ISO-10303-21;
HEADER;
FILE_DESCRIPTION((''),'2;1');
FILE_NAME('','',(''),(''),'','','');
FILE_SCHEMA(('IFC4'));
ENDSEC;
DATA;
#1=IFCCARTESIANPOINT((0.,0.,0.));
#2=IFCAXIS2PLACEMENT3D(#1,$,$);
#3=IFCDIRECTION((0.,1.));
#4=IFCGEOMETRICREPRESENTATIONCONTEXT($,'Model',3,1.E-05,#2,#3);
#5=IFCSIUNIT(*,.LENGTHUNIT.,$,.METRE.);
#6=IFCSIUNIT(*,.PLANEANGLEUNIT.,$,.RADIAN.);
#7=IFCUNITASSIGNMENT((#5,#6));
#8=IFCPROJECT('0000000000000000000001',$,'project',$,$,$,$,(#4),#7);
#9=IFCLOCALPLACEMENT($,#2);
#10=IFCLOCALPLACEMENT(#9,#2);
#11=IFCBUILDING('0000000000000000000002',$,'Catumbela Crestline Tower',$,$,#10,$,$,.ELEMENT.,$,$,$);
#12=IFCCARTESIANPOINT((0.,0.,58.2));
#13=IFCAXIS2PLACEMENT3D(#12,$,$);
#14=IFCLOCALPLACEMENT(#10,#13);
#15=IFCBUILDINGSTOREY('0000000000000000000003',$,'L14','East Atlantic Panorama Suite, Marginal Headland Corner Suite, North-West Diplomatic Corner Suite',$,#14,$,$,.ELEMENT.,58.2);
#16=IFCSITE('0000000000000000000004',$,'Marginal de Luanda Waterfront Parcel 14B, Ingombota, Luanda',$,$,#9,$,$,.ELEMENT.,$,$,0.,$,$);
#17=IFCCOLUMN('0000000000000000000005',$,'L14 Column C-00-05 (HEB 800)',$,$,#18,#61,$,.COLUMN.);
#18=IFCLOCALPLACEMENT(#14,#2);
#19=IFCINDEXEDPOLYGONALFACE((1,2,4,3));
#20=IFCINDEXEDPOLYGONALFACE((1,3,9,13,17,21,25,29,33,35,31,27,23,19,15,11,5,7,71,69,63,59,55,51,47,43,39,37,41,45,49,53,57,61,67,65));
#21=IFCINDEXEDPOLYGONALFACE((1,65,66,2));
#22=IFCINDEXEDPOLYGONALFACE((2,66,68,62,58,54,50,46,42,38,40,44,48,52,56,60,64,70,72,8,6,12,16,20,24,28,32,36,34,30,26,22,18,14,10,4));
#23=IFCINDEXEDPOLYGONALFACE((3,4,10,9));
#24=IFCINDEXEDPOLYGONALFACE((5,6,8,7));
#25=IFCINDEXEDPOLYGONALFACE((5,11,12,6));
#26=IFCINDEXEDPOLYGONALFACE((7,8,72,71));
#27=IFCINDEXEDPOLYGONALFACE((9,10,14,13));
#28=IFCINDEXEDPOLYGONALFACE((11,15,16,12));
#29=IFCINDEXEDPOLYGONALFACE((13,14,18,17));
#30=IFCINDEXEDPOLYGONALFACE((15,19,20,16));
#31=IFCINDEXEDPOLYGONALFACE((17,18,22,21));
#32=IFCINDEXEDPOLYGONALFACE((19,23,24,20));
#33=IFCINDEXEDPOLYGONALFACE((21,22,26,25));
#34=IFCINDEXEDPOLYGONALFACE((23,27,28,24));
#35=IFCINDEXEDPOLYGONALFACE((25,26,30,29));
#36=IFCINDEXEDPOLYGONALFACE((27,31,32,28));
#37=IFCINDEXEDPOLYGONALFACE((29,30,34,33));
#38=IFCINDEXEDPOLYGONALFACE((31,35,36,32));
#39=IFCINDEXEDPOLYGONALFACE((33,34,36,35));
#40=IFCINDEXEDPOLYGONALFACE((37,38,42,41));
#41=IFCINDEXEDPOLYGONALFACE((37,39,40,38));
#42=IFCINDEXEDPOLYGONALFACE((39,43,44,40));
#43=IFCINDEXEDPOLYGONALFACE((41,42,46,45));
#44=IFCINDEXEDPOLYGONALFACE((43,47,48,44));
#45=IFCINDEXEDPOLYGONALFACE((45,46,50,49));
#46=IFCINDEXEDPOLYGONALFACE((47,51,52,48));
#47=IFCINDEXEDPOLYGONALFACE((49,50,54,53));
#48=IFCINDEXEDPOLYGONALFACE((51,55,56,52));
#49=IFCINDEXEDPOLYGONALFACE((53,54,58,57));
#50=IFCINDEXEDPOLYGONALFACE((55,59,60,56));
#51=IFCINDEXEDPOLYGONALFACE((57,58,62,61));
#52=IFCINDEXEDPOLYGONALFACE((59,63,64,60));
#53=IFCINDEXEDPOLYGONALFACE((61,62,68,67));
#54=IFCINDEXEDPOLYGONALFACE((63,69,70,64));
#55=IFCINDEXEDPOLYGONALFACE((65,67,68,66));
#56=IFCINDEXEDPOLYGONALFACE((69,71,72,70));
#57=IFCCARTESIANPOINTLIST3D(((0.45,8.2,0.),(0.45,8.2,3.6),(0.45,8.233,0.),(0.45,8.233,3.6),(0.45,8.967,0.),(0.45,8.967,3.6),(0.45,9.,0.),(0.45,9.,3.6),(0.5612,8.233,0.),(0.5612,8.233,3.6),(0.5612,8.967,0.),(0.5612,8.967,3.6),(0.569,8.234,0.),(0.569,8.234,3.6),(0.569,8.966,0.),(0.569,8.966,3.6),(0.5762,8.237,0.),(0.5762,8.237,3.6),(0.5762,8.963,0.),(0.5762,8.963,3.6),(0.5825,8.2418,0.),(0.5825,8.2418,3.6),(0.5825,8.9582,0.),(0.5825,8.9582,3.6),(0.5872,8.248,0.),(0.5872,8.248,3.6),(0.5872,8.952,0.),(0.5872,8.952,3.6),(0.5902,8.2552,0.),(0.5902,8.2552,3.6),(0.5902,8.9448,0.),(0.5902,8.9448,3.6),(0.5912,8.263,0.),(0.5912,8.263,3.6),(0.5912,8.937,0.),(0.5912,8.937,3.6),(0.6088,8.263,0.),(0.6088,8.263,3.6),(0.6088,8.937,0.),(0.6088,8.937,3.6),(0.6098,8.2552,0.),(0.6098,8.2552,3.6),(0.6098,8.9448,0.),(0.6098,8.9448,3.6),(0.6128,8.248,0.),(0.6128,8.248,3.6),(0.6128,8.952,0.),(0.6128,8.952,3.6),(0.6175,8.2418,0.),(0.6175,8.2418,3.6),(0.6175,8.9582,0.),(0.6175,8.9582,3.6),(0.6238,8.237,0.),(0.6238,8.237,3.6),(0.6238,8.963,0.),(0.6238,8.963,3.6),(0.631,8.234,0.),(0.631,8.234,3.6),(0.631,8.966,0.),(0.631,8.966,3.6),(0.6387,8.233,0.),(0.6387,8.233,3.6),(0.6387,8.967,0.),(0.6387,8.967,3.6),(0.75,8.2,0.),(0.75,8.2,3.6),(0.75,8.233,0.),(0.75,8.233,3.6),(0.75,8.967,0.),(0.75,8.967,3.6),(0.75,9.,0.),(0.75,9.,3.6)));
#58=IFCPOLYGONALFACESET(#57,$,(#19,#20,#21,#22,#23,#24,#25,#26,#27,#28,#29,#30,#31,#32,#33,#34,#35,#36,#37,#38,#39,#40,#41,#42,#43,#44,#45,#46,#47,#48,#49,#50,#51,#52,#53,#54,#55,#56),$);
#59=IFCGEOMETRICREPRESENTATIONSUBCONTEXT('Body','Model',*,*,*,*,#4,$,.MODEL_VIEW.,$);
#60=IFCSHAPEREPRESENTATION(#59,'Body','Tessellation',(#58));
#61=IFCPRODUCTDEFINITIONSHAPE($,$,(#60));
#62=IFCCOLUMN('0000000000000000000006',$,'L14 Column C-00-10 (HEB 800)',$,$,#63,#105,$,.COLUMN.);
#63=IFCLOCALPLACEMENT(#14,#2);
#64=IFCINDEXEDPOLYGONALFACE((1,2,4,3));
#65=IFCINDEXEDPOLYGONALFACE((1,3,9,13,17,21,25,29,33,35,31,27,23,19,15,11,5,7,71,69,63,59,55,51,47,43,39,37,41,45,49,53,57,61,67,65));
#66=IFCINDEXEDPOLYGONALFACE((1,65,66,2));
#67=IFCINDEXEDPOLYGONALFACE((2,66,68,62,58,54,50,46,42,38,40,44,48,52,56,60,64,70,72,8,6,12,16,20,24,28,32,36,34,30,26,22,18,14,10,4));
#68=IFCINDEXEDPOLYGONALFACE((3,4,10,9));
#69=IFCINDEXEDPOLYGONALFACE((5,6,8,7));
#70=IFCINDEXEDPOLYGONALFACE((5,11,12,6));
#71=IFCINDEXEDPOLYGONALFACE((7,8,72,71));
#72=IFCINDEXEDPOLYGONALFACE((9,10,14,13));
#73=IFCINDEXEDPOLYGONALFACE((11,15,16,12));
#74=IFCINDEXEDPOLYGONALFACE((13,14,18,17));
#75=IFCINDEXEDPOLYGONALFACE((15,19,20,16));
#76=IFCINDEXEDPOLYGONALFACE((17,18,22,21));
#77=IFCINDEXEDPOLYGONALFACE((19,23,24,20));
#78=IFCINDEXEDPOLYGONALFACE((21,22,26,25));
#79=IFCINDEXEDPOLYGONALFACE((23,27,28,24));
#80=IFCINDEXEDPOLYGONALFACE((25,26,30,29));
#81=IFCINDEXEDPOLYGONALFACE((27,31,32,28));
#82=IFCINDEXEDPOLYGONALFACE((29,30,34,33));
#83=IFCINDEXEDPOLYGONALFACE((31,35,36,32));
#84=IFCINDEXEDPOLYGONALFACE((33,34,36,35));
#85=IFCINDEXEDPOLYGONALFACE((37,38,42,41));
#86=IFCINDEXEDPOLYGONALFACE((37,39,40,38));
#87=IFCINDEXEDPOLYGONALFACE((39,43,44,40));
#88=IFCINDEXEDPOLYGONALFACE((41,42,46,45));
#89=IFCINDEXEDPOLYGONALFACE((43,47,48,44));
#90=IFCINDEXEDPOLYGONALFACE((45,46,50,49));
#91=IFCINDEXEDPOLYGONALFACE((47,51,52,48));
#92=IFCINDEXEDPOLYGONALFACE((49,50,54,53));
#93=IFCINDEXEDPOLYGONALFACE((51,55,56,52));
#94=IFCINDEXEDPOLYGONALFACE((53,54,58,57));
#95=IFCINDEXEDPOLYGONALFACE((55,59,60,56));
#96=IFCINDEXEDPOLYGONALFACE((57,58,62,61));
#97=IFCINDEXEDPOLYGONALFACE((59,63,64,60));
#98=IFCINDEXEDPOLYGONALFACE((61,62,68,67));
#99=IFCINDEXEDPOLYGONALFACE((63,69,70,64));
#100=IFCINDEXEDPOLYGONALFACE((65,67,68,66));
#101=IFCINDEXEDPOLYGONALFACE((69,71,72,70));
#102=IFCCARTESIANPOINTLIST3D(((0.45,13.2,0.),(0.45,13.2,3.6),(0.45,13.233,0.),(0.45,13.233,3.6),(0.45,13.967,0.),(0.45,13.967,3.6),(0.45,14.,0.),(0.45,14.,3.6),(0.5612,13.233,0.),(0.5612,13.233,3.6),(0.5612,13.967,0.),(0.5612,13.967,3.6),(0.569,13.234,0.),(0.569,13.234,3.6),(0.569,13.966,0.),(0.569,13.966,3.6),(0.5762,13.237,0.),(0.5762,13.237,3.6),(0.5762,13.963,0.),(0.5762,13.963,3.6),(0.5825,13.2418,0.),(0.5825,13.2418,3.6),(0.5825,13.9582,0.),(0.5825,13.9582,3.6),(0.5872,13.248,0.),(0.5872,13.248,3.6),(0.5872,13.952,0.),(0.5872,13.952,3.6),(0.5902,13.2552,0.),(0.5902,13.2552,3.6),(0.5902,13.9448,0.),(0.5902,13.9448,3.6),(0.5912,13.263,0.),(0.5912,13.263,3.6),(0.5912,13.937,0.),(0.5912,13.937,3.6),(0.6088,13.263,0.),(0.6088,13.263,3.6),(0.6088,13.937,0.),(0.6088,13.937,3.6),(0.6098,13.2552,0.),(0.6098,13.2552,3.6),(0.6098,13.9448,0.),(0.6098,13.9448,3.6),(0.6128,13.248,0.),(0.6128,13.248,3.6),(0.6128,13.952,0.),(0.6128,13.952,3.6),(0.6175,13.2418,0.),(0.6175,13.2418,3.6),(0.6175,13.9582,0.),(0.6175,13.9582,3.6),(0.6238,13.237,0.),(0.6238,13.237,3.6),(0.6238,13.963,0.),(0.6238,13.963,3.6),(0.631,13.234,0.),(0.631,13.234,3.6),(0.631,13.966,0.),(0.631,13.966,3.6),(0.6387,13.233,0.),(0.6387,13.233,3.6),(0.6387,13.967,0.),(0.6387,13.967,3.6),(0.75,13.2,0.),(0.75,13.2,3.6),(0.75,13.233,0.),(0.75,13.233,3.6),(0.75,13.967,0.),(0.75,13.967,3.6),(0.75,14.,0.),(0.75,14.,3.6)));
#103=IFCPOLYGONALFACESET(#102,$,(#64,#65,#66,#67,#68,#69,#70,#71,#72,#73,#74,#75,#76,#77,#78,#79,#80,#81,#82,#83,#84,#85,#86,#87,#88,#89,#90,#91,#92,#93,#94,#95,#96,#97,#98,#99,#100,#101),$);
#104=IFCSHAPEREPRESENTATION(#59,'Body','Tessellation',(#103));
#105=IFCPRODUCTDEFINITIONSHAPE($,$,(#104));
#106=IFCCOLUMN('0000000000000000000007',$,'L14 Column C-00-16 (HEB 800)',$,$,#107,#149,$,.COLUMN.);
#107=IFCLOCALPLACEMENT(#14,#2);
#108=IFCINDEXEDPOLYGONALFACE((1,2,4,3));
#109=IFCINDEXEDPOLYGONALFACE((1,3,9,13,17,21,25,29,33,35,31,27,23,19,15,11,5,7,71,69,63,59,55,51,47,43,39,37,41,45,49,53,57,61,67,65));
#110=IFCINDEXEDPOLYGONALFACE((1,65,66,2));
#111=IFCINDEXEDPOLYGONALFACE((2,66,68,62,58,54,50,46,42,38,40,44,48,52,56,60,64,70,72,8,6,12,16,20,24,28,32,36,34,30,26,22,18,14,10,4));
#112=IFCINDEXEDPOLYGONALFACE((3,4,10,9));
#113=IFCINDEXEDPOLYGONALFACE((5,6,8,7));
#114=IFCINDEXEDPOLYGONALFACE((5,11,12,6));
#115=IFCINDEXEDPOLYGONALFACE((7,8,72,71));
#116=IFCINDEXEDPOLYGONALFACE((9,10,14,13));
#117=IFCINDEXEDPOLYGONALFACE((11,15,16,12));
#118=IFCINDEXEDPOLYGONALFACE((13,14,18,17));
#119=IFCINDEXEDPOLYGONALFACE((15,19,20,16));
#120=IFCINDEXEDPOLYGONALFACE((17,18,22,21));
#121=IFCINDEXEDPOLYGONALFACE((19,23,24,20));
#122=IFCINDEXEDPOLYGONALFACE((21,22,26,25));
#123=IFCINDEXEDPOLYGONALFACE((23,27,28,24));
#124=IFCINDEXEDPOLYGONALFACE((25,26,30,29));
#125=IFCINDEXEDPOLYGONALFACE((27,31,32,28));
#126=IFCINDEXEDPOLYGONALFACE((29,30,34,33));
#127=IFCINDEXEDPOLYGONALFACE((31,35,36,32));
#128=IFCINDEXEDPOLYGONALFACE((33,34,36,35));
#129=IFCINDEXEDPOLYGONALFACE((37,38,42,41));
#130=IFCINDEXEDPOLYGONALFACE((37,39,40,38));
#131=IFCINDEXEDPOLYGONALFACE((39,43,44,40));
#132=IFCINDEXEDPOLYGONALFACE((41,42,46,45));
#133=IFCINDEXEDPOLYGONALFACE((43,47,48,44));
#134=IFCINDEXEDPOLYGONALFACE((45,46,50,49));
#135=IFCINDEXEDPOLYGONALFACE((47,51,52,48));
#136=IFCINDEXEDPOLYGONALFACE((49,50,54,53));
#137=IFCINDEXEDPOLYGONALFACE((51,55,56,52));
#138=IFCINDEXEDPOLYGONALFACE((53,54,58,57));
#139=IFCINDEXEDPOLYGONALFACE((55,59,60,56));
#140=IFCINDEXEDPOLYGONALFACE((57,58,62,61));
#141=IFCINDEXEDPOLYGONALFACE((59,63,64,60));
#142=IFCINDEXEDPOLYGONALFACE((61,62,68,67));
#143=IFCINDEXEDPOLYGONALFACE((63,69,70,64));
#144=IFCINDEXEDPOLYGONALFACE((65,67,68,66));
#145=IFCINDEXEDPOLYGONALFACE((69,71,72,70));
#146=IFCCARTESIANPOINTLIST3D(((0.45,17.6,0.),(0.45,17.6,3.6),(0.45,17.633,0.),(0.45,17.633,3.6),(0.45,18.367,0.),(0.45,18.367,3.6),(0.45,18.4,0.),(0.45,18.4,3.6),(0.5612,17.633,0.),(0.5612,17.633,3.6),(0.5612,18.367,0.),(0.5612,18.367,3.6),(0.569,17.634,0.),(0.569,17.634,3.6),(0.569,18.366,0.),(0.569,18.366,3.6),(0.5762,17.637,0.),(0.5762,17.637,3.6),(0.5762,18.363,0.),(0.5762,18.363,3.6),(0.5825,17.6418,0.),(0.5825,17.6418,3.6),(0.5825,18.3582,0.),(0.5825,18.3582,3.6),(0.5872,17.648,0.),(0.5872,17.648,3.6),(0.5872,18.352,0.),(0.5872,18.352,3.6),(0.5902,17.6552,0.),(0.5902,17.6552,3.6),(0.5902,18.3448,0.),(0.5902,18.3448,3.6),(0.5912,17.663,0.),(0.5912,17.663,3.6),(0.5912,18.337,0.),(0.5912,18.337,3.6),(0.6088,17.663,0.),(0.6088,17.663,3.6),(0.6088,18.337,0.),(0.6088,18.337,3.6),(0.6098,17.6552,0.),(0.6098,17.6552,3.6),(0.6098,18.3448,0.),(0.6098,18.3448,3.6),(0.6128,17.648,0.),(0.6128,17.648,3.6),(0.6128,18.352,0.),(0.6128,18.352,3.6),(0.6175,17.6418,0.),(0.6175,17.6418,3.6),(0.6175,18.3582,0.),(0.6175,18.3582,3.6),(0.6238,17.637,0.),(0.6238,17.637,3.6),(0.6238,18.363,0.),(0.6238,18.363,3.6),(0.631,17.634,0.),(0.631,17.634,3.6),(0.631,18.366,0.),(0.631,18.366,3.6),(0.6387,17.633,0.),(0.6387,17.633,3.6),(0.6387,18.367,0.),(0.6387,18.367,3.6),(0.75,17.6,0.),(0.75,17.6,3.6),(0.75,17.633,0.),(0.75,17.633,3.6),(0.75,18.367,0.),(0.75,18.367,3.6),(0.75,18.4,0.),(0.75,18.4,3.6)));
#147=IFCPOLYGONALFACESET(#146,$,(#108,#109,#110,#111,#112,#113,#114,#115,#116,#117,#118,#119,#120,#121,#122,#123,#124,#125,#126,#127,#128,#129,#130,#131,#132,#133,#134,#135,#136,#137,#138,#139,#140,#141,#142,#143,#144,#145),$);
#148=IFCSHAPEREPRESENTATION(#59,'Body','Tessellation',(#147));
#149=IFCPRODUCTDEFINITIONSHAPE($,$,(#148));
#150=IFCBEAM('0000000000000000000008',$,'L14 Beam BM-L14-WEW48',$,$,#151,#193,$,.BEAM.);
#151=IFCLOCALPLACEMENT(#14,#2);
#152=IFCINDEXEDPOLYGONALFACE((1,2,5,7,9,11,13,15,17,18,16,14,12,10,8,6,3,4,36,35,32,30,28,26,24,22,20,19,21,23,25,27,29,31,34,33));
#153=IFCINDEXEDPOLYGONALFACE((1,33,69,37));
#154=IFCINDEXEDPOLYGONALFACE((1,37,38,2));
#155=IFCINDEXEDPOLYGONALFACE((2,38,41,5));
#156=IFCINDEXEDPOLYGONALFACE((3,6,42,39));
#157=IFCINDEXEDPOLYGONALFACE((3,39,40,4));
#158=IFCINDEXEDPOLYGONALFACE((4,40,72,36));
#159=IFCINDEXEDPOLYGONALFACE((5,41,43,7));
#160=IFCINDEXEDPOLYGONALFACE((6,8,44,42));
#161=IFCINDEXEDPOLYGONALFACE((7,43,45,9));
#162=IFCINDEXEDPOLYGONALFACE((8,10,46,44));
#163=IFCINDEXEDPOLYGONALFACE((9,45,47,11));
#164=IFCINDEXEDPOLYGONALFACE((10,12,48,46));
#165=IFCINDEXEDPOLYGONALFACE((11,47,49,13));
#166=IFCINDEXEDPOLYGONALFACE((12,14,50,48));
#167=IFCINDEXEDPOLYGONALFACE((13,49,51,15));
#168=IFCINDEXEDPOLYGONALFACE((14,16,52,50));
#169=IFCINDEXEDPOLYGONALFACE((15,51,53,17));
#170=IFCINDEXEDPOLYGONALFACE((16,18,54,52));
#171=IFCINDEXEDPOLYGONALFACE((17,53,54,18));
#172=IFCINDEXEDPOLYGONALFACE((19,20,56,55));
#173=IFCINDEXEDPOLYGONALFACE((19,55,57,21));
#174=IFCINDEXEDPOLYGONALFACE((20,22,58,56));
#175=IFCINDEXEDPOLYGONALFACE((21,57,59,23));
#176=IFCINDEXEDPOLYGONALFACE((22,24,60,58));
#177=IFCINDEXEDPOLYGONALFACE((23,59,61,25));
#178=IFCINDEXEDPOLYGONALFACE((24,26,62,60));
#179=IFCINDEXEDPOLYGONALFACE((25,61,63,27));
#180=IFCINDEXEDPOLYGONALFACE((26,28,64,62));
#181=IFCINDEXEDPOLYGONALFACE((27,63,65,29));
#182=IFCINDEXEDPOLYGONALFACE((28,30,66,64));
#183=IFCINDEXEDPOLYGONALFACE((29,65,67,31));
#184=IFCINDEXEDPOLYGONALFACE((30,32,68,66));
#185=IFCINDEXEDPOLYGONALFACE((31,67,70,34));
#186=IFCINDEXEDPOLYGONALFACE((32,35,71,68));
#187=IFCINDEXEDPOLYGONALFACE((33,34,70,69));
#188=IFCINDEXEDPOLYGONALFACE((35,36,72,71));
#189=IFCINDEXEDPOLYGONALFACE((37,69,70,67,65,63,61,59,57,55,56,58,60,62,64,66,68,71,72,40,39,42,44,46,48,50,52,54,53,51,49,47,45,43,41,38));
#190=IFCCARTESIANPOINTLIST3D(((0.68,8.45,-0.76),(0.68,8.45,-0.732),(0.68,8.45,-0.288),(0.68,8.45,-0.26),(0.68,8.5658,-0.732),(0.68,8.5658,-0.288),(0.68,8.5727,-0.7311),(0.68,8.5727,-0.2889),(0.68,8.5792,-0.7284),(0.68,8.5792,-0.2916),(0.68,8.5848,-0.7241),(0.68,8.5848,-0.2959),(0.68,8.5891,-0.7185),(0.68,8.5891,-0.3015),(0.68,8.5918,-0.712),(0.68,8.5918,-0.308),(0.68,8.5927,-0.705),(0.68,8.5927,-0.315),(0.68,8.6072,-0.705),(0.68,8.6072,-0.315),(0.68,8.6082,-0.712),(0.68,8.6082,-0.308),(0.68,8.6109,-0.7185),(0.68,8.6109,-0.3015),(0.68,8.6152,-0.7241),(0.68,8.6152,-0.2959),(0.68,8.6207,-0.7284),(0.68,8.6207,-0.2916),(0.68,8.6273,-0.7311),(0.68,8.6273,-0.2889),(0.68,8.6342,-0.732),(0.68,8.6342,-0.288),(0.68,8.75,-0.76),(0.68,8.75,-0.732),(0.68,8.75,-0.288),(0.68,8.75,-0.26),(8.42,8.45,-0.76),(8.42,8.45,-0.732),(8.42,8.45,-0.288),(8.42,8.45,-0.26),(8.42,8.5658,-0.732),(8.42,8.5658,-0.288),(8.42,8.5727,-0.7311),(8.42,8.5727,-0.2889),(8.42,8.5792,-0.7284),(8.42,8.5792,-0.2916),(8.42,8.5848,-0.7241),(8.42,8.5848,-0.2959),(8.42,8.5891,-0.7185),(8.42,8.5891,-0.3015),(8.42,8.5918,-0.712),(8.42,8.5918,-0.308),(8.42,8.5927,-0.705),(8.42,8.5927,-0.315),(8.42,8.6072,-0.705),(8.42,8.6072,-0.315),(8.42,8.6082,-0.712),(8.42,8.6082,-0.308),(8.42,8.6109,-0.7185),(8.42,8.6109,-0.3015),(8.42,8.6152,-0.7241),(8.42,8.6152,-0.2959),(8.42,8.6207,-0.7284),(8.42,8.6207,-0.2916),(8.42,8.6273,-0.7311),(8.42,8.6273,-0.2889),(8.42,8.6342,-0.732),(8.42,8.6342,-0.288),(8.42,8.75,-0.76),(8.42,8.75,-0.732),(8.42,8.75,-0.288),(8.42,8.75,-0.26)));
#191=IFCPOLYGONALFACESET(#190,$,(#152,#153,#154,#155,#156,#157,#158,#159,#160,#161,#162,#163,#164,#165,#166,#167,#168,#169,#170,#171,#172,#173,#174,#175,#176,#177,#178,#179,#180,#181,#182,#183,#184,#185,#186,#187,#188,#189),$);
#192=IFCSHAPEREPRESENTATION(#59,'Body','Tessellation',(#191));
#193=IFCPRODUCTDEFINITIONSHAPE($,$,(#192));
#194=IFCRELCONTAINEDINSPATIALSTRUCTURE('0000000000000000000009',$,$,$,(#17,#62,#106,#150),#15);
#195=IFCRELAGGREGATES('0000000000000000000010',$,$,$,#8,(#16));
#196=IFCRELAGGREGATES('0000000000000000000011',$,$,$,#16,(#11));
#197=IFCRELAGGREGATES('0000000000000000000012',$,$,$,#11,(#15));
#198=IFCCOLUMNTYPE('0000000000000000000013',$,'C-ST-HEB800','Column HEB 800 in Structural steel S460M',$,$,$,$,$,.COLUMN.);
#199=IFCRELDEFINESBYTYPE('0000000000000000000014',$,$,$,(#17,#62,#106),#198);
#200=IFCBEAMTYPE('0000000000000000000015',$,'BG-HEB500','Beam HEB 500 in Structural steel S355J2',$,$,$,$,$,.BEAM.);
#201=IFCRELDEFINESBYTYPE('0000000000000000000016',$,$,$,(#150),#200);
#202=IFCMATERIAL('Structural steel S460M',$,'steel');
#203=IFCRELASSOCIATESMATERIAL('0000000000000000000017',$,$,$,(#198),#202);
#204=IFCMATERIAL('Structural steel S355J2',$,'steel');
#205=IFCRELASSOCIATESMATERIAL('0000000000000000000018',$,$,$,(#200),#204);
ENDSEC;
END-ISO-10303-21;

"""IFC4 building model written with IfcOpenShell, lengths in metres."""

from ifc_helpers import new_model, si_unit, direction, frame, origin, origin_2d, place, context, subcontext, project, spatial, i_section, extrude, material, material_profile, profile_set, type_object, element, save


model = new_model("IFC4")

# Units and contexts
model_context = context("Model", 3, precision=1e-05, world=origin(), true_north=direction((0.0, 1.0)))
body_context = subcontext(model_context, "Body", "Model", "MODEL_VIEW")
ifc_project = project(units=[si_unit("LENGTHUNIT", "METRE"), si_unit("PLANEANGLEUNIT", "RADIAN")], contexts=[model_context])

# Site, building, storey
site_placement = place(None, origin())
site = spatial("IfcSite", under=ifc_project, at=site_placement, Name="Marginal de Luanda Waterfront Parcel 14B, Ingombota, Luanda", CompositionType="ELEMENT", RefElevation=0.0)
building_placement = place(site_placement, origin())
building = spatial("IfcBuilding", under=site, at=building_placement, Name="Catumbela Crestline Tower", CompositionType="ELEMENT")
storey_placement = place(building_placement, frame((0.0, 0.0, 58.2)))
storey = spatial("IfcBuildingStorey", under=building, at=storey_placement, Name="L14", Description="East Atlantic Panorama Suite, Marginal Headland Corner Suite, North-West Diplomatic Corner Suite", CompositionType="ELEMENT", Elevation=58.2)

# Columns
ifc_material_1 = material(Name="Structural steel S460M", Category="steel")
ifc_material_profile_1 = material_profile(ifc_material_1, i_section(OverallWidth=0.3, OverallDepth=0.8, WebThickness=0.0175, FlangeThickness=0.033, FilletRadius=0.03, at=origin_2d()), Name="HEB 800")
ifc_profile_set_1 = profile_set([ifc_material_profile_1], Name="Structural steel S460M")
column_type = type_object("IfcColumnType", Name="C-ST-HEB800", Description="Column HEB 800 in Structural steel S460M", PredefinedType="COLUMN", material=ifc_profile_set_1)
for number, where, z_axis, x_axis, name in (
    (1, (0.6, 8.6, 0.0), (0.0, 0.0, 1.0), (1.0, 0.0, 0.0), "L14 Column C-00-05 (HEB 800)"),
    (2, (0.6, 13.6, 0.0), (0.0, 0.0, 1.0), (1.0, 0.0, 0.0), "L14 Column C-00-10 (HEB 800)"),
    (3, (0.6, 18.0, 0.0), (0.0, 0.0, 1.0), (1.0, 0.0, 0.0), "L14 Column C-00-16 (HEB 800)"),
):
    element("IfcColumn", number, at=place(storey_placement, frame(where, z_axis=z_axis, x_axis=x_axis)), inside=storey, type_object=column_type, Name=name, PredefinedType="COLUMN", context=body_context, shape_type="SweptSolid", body=[
        extrude(i_section(OverallWidth=0.3, OverallDepth=0.8, WebThickness=0.0175, FlangeThickness=0.033, FilletRadius=0.03, at=origin_2d()), origin(), (0.0, 0.0, 1.0), 3.6),
    ])

# Beam
ifc_material_2 = material(Name="Structural steel S355J2", Category="steel")
ifc_material_profile_2 = material_profile(ifc_material_2, i_section(OverallWidth=0.3, OverallDepth=0.5, WebThickness=0.0145, FlangeThickness=0.028, FilletRadius=0.027, at=origin_2d()), Name="HEB 500")
ifc_profile_set_2 = profile_set([ifc_material_profile_2], Name="Structural steel S355J2")
beam_type_1 = type_object("IfcBeamType", Name="BG-HEB500", Description="Beam HEB 500 in Structural steel S355J2", PredefinedType="BEAM", material=ifc_profile_set_2)
for number, where, z_axis, x_axis, name in (
    (4, (0.68, 8.6, -0.51), (1.0, 0.0, 0.0), (0.0, 1.0, 0.0), "L14 Beam BM-L14-WEW48"),
):
    element("IfcBeam", number, at=place(storey_placement, frame(where, z_axis=z_axis, x_axis=x_axis)), inside=storey, type_object=beam_type_1, Name=name, PredefinedType="BEAM", context=body_context, shape_type="SweptSolid", body=[
        extrude(i_section(OverallWidth=0.3, OverallDepth=0.5, WebThickness=0.0145, FlangeThickness=0.028, FilletRadius=0.027, at=origin_2d()), origin(), (0.0, 0.0, 1.0), 7.74),
    ])

save(model, "model.ifc")
